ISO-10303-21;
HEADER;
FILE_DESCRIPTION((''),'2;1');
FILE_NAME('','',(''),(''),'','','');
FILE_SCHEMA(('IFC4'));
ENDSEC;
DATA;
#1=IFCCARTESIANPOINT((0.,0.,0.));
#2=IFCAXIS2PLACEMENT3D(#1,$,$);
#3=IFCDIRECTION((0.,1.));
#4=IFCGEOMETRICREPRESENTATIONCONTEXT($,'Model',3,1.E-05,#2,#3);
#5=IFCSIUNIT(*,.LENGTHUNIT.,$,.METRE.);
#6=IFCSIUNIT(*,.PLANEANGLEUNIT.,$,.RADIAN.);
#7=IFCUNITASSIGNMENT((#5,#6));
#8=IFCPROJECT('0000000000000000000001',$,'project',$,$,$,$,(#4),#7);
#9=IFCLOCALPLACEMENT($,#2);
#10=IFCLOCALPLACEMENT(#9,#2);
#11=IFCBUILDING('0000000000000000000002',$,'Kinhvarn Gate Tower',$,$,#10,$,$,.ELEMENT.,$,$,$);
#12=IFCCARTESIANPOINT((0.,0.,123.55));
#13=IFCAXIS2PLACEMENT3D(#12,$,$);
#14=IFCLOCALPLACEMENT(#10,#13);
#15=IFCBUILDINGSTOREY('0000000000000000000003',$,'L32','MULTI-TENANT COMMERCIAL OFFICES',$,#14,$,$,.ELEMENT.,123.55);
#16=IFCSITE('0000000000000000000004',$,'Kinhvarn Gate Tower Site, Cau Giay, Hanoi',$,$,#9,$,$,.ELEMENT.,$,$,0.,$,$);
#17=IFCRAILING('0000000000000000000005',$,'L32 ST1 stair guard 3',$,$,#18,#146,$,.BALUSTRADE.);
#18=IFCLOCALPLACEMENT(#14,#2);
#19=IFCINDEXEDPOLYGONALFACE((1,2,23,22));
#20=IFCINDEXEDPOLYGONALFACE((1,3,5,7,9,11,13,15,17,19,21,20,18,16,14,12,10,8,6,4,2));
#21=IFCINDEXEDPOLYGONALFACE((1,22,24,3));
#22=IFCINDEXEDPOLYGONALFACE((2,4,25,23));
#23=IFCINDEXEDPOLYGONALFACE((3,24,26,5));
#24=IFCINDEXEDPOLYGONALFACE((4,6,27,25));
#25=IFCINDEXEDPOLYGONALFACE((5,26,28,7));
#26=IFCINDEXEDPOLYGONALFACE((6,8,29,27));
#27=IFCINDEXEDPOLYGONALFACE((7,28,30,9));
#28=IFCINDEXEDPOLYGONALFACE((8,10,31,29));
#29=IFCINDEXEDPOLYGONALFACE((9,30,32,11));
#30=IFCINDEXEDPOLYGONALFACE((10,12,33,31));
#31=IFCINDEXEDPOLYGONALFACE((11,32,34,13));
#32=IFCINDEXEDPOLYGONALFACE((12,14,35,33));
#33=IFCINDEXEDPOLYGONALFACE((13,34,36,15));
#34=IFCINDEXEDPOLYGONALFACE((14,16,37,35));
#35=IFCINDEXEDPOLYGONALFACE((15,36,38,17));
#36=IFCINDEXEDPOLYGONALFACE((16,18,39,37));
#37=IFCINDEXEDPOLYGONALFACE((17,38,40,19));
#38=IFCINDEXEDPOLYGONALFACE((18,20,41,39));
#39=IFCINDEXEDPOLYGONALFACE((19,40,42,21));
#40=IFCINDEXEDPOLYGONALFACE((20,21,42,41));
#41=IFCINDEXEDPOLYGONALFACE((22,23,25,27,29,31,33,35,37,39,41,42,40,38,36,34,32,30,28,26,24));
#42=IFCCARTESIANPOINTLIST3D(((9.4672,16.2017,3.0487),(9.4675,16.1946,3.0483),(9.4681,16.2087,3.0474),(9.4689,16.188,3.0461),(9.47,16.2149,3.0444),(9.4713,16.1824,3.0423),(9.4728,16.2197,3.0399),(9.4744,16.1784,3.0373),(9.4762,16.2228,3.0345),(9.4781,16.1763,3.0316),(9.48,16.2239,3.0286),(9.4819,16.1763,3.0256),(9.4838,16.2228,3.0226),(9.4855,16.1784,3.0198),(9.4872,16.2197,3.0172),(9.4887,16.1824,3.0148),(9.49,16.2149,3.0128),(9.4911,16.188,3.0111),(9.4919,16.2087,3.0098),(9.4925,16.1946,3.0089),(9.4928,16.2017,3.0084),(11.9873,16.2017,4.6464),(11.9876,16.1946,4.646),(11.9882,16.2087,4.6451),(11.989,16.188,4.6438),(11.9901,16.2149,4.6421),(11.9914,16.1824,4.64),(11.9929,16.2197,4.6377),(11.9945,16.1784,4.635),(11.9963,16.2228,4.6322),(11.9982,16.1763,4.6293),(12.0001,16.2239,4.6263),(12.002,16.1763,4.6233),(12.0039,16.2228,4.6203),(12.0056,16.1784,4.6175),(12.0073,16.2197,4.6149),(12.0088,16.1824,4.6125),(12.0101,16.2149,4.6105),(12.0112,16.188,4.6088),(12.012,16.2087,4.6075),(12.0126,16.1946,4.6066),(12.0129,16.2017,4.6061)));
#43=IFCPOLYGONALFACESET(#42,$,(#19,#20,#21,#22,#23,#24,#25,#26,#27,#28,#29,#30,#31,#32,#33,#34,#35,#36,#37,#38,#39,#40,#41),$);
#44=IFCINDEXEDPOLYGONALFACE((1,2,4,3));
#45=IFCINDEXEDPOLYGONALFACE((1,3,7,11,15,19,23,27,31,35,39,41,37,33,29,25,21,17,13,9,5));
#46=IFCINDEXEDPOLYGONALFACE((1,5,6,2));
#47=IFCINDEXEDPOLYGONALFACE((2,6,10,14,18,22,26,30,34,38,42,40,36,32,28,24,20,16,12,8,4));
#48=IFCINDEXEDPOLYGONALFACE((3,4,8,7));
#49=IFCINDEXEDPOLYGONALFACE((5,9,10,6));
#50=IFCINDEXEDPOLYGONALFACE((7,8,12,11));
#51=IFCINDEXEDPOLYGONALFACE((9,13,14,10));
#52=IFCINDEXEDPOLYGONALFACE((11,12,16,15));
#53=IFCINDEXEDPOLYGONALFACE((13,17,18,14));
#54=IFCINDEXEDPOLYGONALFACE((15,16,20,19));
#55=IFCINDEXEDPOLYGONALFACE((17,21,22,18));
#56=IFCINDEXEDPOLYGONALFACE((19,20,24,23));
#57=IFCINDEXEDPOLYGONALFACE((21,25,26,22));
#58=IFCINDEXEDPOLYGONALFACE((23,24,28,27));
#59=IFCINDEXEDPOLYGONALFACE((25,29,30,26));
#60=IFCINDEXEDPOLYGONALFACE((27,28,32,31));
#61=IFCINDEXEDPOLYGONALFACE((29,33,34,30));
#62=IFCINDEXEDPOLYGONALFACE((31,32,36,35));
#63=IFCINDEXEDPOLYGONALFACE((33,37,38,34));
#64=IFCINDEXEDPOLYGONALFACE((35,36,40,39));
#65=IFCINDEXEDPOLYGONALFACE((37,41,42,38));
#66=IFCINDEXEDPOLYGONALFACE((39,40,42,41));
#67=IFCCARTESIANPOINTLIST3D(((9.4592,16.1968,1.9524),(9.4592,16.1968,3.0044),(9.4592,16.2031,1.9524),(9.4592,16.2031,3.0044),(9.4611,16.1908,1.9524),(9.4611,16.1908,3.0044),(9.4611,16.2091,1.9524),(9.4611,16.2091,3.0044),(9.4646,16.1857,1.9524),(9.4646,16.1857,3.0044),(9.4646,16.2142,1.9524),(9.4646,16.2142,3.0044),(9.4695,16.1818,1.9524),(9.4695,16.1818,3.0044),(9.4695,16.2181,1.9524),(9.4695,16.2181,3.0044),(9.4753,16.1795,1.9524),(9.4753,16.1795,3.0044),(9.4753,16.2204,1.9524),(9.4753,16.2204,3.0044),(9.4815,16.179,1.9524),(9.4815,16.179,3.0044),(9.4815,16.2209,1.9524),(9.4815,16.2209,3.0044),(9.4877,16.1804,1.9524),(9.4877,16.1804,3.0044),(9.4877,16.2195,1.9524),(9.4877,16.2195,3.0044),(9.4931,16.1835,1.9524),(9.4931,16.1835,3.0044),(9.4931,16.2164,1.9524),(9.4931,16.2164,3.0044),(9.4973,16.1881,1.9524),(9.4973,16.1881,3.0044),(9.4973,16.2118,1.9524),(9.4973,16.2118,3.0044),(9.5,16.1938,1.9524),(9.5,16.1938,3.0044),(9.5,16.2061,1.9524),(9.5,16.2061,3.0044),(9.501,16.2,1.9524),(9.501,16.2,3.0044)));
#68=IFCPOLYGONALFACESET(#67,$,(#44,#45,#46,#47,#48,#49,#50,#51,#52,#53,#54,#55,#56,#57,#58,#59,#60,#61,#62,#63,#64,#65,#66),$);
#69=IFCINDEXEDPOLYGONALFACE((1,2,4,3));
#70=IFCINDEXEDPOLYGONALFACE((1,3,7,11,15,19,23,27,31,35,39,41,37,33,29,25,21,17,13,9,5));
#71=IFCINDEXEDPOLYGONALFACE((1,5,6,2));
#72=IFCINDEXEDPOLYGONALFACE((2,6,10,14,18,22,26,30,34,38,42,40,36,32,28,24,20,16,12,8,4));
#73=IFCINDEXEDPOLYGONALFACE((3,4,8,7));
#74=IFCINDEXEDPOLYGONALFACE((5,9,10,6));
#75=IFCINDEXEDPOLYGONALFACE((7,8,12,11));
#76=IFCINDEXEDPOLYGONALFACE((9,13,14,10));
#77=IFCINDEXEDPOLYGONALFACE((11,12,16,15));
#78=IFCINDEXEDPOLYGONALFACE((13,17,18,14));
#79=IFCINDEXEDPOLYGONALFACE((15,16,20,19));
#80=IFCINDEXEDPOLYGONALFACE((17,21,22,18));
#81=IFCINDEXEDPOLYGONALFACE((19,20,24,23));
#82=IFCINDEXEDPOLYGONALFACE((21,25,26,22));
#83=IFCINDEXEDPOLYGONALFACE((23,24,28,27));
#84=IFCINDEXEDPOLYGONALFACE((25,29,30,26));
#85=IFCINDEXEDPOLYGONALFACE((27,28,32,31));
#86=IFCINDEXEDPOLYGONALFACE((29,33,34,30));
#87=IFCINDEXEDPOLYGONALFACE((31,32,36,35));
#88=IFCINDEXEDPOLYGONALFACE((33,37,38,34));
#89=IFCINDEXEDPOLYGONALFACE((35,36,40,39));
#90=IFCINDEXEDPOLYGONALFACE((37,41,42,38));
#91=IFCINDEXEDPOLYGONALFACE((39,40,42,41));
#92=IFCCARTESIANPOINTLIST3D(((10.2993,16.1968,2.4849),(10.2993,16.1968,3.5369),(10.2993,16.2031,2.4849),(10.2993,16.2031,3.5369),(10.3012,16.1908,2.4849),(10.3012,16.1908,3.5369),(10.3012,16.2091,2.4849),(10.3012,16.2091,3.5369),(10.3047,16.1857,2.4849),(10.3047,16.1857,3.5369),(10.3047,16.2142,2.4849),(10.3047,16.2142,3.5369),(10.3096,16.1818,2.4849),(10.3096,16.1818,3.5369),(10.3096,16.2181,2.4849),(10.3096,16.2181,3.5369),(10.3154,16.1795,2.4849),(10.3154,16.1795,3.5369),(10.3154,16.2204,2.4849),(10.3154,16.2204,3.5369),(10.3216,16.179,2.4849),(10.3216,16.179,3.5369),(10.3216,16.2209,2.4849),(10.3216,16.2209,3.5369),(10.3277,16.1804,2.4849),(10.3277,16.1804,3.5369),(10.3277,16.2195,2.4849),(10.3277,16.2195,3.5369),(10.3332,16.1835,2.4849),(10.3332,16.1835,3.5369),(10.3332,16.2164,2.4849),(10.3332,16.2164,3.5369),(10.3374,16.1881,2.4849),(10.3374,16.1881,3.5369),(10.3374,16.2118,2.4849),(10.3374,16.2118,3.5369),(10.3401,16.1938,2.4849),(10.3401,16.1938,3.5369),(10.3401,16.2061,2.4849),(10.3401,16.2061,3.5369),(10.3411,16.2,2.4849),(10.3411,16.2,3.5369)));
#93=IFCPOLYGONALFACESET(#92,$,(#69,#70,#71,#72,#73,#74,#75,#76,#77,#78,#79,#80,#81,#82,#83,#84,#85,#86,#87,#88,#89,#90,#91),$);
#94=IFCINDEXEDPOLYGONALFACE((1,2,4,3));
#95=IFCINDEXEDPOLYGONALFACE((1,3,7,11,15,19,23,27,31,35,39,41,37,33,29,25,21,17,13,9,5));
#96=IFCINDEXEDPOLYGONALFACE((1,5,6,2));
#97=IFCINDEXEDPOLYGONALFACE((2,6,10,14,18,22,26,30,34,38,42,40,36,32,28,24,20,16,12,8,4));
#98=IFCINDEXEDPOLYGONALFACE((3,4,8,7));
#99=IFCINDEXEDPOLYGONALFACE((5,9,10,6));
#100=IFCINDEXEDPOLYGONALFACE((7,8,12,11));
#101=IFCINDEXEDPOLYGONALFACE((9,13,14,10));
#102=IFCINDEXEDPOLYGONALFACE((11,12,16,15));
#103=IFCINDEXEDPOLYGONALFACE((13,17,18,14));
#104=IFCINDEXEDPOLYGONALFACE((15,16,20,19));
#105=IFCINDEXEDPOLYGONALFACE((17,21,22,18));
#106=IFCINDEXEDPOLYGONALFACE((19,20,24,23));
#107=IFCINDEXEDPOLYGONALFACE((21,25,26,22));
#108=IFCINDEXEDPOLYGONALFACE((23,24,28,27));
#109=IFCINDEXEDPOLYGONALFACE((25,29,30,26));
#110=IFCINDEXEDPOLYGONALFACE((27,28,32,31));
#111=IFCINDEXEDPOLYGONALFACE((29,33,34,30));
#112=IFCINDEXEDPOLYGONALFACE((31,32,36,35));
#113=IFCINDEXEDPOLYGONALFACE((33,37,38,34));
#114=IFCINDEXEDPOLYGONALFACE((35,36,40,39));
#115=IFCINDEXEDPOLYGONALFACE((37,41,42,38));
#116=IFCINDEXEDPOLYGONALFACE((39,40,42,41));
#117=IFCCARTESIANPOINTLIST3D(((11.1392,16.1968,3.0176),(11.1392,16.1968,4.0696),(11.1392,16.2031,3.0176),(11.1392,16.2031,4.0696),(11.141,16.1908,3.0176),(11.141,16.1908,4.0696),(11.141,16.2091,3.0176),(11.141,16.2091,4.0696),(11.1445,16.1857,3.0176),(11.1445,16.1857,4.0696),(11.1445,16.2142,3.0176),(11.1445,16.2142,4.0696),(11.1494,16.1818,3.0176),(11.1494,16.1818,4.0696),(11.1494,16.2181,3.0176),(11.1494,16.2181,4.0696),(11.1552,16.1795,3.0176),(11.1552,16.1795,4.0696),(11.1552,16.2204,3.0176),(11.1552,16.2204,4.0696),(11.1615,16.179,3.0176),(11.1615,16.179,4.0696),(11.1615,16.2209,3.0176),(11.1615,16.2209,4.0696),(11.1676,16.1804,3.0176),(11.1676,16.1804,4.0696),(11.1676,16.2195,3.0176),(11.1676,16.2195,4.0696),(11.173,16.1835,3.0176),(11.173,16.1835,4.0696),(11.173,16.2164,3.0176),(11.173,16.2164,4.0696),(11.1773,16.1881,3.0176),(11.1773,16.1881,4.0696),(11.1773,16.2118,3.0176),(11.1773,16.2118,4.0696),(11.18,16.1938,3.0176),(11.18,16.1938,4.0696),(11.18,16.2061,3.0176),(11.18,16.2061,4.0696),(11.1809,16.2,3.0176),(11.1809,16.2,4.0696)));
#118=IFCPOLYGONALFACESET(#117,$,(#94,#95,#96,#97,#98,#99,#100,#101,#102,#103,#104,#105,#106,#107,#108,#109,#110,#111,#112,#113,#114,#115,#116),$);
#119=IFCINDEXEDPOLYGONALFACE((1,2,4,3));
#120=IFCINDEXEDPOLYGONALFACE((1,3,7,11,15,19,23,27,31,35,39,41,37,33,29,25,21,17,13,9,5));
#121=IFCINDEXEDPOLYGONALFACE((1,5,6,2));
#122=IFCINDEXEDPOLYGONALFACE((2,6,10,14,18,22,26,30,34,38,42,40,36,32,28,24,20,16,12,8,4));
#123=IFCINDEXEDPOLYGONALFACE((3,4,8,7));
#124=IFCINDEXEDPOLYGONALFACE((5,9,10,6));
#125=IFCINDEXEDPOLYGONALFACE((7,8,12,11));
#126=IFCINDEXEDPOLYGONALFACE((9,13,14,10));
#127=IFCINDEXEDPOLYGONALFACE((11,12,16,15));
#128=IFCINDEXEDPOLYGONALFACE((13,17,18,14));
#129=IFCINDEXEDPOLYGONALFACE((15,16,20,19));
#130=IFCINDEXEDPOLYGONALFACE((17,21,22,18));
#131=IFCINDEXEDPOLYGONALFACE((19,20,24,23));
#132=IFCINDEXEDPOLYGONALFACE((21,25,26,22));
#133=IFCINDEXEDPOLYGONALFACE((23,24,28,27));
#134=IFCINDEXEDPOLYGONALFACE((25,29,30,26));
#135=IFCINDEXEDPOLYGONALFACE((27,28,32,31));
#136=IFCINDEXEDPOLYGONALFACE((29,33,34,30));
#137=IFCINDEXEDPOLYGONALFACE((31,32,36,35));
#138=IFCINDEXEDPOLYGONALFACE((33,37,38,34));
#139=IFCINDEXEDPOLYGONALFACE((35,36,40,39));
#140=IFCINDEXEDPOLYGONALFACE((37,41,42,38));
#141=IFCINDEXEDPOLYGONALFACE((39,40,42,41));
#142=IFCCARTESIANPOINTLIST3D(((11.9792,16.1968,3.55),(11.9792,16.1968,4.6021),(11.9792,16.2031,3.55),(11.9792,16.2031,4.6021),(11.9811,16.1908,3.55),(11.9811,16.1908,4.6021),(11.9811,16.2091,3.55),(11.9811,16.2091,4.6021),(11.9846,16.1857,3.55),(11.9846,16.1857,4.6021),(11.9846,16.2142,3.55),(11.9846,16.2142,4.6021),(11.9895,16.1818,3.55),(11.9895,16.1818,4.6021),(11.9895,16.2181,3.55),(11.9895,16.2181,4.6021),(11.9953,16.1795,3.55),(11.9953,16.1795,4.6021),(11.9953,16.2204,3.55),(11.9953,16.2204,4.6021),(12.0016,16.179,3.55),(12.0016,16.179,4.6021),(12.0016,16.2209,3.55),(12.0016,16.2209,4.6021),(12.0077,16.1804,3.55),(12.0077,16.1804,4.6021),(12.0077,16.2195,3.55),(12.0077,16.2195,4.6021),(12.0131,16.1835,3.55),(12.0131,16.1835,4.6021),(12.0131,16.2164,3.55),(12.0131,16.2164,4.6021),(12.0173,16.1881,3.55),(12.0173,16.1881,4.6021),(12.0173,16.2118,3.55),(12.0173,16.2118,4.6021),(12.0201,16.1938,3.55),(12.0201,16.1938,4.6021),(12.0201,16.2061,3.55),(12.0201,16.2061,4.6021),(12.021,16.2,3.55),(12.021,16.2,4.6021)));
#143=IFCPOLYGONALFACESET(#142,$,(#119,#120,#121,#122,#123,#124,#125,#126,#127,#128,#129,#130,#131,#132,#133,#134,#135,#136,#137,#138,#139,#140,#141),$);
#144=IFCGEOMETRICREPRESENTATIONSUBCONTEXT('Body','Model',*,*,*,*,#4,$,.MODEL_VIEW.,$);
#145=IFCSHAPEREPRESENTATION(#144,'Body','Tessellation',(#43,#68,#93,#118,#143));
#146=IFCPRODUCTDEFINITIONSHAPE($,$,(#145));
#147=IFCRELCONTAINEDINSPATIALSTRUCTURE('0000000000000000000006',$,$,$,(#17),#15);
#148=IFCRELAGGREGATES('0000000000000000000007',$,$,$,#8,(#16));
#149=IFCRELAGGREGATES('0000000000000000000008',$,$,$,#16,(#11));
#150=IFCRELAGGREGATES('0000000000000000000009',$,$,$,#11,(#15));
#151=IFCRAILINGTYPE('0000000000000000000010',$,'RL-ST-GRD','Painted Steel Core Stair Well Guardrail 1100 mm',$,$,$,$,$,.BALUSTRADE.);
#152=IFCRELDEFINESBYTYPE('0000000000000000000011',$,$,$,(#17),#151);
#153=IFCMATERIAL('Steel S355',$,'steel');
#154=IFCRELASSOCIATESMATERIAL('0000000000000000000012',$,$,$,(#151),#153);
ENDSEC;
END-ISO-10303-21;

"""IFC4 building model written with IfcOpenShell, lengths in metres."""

from ifc_helpers import new_model, si_unit, direction, frame, origin, origin_2d, place, context, subcontext, project, spatial, circle, extrude, material, type_object, element, save


model = new_model("IFC4")

# Units and contexts
model_context = context("Model", 3, precision=1e-05, world=origin(), true_north=direction((0.0, 1.0)))
body_context = subcontext(model_context, "Body", "Model", "MODEL_VIEW")
ifc_project = project(units=[si_unit("LENGTHUNIT", "METRE"), si_unit("PLANEANGLEUNIT", "RADIAN")], contexts=[model_context])

# Site, building, storey
site_placement = place(None, origin())
site = spatial("IfcSite", under=ifc_project, at=site_placement, Name="Kinhvarn Gate Tower Site, Cau Giay, Hanoi", CompositionType="ELEMENT", RefElevation=0.0)
building_placement = place(site_placement, origin())
building = spatial("IfcBuilding", under=site, at=building_placement, Name="Kinhvarn Gate Tower", CompositionType="ELEMENT")
storey_placement = place(building_placement, frame((0.0, 0.0, 123.55)))
storey = spatial("IfcBuildingStorey", under=building, at=storey_placement, Name="L32", Description="MULTI-TENANT COMMERCIAL OFFICES", CompositionType="ELEMENT", Elevation=123.55)

# Shared definitions
ifc_material_1 = material(Name="Steel S355", Category="steel")

# Railing
railing_type_1 = type_object("IfcRailingType", Name="RL-ST-GRD", Description="Painted Steel Core Stair Well Guardrail 1100 mm", PredefinedType="BALUSTRADE", material=ifc_material_1)
railing_1_placement = place(storey_placement, frame((9.48, 16.2, 1.9524)))
element("IfcRailing", 1, at=railing_1_placement, inside=storey, type_object=railing_type_1, Name="L32 ST1 stair guard 3", PredefinedType="BALUSTRADE", context=body_context, shape_type="SweptSolid", body=[
    extrude(circle(Radius=0.0239, at=origin_2d()), frame((0.0, 0.0, 1.0762), z_axis=(0.84457, 0.0, 0.535445), x_axis=(0.0, 1.0, 0.0)), (0.0, 0.0, 1.0), 2.9839),
    extrude(circle(Radius=0.021, at=origin_2d()), origin(), (0.0, 0.0, 1.0), 1.052),
    extrude(circle(Radius=0.021, at=origin_2d()), frame((0.8401, 0.0, 0.5325)), (0.0, 0.0, 1.0), 1.052),
    extrude(circle(Radius=0.021, at=origin_2d()), frame((1.6799, 0.0, 1.0652)), (0.0, 0.0, 1.0), 1.052),
    extrude(circle(Radius=0.021, at=origin_2d()), frame((2.52, 0.0, 1.5977)), (0.0, 0.0, 1.0), 1.052),
])

save(model, "model.ifc")
